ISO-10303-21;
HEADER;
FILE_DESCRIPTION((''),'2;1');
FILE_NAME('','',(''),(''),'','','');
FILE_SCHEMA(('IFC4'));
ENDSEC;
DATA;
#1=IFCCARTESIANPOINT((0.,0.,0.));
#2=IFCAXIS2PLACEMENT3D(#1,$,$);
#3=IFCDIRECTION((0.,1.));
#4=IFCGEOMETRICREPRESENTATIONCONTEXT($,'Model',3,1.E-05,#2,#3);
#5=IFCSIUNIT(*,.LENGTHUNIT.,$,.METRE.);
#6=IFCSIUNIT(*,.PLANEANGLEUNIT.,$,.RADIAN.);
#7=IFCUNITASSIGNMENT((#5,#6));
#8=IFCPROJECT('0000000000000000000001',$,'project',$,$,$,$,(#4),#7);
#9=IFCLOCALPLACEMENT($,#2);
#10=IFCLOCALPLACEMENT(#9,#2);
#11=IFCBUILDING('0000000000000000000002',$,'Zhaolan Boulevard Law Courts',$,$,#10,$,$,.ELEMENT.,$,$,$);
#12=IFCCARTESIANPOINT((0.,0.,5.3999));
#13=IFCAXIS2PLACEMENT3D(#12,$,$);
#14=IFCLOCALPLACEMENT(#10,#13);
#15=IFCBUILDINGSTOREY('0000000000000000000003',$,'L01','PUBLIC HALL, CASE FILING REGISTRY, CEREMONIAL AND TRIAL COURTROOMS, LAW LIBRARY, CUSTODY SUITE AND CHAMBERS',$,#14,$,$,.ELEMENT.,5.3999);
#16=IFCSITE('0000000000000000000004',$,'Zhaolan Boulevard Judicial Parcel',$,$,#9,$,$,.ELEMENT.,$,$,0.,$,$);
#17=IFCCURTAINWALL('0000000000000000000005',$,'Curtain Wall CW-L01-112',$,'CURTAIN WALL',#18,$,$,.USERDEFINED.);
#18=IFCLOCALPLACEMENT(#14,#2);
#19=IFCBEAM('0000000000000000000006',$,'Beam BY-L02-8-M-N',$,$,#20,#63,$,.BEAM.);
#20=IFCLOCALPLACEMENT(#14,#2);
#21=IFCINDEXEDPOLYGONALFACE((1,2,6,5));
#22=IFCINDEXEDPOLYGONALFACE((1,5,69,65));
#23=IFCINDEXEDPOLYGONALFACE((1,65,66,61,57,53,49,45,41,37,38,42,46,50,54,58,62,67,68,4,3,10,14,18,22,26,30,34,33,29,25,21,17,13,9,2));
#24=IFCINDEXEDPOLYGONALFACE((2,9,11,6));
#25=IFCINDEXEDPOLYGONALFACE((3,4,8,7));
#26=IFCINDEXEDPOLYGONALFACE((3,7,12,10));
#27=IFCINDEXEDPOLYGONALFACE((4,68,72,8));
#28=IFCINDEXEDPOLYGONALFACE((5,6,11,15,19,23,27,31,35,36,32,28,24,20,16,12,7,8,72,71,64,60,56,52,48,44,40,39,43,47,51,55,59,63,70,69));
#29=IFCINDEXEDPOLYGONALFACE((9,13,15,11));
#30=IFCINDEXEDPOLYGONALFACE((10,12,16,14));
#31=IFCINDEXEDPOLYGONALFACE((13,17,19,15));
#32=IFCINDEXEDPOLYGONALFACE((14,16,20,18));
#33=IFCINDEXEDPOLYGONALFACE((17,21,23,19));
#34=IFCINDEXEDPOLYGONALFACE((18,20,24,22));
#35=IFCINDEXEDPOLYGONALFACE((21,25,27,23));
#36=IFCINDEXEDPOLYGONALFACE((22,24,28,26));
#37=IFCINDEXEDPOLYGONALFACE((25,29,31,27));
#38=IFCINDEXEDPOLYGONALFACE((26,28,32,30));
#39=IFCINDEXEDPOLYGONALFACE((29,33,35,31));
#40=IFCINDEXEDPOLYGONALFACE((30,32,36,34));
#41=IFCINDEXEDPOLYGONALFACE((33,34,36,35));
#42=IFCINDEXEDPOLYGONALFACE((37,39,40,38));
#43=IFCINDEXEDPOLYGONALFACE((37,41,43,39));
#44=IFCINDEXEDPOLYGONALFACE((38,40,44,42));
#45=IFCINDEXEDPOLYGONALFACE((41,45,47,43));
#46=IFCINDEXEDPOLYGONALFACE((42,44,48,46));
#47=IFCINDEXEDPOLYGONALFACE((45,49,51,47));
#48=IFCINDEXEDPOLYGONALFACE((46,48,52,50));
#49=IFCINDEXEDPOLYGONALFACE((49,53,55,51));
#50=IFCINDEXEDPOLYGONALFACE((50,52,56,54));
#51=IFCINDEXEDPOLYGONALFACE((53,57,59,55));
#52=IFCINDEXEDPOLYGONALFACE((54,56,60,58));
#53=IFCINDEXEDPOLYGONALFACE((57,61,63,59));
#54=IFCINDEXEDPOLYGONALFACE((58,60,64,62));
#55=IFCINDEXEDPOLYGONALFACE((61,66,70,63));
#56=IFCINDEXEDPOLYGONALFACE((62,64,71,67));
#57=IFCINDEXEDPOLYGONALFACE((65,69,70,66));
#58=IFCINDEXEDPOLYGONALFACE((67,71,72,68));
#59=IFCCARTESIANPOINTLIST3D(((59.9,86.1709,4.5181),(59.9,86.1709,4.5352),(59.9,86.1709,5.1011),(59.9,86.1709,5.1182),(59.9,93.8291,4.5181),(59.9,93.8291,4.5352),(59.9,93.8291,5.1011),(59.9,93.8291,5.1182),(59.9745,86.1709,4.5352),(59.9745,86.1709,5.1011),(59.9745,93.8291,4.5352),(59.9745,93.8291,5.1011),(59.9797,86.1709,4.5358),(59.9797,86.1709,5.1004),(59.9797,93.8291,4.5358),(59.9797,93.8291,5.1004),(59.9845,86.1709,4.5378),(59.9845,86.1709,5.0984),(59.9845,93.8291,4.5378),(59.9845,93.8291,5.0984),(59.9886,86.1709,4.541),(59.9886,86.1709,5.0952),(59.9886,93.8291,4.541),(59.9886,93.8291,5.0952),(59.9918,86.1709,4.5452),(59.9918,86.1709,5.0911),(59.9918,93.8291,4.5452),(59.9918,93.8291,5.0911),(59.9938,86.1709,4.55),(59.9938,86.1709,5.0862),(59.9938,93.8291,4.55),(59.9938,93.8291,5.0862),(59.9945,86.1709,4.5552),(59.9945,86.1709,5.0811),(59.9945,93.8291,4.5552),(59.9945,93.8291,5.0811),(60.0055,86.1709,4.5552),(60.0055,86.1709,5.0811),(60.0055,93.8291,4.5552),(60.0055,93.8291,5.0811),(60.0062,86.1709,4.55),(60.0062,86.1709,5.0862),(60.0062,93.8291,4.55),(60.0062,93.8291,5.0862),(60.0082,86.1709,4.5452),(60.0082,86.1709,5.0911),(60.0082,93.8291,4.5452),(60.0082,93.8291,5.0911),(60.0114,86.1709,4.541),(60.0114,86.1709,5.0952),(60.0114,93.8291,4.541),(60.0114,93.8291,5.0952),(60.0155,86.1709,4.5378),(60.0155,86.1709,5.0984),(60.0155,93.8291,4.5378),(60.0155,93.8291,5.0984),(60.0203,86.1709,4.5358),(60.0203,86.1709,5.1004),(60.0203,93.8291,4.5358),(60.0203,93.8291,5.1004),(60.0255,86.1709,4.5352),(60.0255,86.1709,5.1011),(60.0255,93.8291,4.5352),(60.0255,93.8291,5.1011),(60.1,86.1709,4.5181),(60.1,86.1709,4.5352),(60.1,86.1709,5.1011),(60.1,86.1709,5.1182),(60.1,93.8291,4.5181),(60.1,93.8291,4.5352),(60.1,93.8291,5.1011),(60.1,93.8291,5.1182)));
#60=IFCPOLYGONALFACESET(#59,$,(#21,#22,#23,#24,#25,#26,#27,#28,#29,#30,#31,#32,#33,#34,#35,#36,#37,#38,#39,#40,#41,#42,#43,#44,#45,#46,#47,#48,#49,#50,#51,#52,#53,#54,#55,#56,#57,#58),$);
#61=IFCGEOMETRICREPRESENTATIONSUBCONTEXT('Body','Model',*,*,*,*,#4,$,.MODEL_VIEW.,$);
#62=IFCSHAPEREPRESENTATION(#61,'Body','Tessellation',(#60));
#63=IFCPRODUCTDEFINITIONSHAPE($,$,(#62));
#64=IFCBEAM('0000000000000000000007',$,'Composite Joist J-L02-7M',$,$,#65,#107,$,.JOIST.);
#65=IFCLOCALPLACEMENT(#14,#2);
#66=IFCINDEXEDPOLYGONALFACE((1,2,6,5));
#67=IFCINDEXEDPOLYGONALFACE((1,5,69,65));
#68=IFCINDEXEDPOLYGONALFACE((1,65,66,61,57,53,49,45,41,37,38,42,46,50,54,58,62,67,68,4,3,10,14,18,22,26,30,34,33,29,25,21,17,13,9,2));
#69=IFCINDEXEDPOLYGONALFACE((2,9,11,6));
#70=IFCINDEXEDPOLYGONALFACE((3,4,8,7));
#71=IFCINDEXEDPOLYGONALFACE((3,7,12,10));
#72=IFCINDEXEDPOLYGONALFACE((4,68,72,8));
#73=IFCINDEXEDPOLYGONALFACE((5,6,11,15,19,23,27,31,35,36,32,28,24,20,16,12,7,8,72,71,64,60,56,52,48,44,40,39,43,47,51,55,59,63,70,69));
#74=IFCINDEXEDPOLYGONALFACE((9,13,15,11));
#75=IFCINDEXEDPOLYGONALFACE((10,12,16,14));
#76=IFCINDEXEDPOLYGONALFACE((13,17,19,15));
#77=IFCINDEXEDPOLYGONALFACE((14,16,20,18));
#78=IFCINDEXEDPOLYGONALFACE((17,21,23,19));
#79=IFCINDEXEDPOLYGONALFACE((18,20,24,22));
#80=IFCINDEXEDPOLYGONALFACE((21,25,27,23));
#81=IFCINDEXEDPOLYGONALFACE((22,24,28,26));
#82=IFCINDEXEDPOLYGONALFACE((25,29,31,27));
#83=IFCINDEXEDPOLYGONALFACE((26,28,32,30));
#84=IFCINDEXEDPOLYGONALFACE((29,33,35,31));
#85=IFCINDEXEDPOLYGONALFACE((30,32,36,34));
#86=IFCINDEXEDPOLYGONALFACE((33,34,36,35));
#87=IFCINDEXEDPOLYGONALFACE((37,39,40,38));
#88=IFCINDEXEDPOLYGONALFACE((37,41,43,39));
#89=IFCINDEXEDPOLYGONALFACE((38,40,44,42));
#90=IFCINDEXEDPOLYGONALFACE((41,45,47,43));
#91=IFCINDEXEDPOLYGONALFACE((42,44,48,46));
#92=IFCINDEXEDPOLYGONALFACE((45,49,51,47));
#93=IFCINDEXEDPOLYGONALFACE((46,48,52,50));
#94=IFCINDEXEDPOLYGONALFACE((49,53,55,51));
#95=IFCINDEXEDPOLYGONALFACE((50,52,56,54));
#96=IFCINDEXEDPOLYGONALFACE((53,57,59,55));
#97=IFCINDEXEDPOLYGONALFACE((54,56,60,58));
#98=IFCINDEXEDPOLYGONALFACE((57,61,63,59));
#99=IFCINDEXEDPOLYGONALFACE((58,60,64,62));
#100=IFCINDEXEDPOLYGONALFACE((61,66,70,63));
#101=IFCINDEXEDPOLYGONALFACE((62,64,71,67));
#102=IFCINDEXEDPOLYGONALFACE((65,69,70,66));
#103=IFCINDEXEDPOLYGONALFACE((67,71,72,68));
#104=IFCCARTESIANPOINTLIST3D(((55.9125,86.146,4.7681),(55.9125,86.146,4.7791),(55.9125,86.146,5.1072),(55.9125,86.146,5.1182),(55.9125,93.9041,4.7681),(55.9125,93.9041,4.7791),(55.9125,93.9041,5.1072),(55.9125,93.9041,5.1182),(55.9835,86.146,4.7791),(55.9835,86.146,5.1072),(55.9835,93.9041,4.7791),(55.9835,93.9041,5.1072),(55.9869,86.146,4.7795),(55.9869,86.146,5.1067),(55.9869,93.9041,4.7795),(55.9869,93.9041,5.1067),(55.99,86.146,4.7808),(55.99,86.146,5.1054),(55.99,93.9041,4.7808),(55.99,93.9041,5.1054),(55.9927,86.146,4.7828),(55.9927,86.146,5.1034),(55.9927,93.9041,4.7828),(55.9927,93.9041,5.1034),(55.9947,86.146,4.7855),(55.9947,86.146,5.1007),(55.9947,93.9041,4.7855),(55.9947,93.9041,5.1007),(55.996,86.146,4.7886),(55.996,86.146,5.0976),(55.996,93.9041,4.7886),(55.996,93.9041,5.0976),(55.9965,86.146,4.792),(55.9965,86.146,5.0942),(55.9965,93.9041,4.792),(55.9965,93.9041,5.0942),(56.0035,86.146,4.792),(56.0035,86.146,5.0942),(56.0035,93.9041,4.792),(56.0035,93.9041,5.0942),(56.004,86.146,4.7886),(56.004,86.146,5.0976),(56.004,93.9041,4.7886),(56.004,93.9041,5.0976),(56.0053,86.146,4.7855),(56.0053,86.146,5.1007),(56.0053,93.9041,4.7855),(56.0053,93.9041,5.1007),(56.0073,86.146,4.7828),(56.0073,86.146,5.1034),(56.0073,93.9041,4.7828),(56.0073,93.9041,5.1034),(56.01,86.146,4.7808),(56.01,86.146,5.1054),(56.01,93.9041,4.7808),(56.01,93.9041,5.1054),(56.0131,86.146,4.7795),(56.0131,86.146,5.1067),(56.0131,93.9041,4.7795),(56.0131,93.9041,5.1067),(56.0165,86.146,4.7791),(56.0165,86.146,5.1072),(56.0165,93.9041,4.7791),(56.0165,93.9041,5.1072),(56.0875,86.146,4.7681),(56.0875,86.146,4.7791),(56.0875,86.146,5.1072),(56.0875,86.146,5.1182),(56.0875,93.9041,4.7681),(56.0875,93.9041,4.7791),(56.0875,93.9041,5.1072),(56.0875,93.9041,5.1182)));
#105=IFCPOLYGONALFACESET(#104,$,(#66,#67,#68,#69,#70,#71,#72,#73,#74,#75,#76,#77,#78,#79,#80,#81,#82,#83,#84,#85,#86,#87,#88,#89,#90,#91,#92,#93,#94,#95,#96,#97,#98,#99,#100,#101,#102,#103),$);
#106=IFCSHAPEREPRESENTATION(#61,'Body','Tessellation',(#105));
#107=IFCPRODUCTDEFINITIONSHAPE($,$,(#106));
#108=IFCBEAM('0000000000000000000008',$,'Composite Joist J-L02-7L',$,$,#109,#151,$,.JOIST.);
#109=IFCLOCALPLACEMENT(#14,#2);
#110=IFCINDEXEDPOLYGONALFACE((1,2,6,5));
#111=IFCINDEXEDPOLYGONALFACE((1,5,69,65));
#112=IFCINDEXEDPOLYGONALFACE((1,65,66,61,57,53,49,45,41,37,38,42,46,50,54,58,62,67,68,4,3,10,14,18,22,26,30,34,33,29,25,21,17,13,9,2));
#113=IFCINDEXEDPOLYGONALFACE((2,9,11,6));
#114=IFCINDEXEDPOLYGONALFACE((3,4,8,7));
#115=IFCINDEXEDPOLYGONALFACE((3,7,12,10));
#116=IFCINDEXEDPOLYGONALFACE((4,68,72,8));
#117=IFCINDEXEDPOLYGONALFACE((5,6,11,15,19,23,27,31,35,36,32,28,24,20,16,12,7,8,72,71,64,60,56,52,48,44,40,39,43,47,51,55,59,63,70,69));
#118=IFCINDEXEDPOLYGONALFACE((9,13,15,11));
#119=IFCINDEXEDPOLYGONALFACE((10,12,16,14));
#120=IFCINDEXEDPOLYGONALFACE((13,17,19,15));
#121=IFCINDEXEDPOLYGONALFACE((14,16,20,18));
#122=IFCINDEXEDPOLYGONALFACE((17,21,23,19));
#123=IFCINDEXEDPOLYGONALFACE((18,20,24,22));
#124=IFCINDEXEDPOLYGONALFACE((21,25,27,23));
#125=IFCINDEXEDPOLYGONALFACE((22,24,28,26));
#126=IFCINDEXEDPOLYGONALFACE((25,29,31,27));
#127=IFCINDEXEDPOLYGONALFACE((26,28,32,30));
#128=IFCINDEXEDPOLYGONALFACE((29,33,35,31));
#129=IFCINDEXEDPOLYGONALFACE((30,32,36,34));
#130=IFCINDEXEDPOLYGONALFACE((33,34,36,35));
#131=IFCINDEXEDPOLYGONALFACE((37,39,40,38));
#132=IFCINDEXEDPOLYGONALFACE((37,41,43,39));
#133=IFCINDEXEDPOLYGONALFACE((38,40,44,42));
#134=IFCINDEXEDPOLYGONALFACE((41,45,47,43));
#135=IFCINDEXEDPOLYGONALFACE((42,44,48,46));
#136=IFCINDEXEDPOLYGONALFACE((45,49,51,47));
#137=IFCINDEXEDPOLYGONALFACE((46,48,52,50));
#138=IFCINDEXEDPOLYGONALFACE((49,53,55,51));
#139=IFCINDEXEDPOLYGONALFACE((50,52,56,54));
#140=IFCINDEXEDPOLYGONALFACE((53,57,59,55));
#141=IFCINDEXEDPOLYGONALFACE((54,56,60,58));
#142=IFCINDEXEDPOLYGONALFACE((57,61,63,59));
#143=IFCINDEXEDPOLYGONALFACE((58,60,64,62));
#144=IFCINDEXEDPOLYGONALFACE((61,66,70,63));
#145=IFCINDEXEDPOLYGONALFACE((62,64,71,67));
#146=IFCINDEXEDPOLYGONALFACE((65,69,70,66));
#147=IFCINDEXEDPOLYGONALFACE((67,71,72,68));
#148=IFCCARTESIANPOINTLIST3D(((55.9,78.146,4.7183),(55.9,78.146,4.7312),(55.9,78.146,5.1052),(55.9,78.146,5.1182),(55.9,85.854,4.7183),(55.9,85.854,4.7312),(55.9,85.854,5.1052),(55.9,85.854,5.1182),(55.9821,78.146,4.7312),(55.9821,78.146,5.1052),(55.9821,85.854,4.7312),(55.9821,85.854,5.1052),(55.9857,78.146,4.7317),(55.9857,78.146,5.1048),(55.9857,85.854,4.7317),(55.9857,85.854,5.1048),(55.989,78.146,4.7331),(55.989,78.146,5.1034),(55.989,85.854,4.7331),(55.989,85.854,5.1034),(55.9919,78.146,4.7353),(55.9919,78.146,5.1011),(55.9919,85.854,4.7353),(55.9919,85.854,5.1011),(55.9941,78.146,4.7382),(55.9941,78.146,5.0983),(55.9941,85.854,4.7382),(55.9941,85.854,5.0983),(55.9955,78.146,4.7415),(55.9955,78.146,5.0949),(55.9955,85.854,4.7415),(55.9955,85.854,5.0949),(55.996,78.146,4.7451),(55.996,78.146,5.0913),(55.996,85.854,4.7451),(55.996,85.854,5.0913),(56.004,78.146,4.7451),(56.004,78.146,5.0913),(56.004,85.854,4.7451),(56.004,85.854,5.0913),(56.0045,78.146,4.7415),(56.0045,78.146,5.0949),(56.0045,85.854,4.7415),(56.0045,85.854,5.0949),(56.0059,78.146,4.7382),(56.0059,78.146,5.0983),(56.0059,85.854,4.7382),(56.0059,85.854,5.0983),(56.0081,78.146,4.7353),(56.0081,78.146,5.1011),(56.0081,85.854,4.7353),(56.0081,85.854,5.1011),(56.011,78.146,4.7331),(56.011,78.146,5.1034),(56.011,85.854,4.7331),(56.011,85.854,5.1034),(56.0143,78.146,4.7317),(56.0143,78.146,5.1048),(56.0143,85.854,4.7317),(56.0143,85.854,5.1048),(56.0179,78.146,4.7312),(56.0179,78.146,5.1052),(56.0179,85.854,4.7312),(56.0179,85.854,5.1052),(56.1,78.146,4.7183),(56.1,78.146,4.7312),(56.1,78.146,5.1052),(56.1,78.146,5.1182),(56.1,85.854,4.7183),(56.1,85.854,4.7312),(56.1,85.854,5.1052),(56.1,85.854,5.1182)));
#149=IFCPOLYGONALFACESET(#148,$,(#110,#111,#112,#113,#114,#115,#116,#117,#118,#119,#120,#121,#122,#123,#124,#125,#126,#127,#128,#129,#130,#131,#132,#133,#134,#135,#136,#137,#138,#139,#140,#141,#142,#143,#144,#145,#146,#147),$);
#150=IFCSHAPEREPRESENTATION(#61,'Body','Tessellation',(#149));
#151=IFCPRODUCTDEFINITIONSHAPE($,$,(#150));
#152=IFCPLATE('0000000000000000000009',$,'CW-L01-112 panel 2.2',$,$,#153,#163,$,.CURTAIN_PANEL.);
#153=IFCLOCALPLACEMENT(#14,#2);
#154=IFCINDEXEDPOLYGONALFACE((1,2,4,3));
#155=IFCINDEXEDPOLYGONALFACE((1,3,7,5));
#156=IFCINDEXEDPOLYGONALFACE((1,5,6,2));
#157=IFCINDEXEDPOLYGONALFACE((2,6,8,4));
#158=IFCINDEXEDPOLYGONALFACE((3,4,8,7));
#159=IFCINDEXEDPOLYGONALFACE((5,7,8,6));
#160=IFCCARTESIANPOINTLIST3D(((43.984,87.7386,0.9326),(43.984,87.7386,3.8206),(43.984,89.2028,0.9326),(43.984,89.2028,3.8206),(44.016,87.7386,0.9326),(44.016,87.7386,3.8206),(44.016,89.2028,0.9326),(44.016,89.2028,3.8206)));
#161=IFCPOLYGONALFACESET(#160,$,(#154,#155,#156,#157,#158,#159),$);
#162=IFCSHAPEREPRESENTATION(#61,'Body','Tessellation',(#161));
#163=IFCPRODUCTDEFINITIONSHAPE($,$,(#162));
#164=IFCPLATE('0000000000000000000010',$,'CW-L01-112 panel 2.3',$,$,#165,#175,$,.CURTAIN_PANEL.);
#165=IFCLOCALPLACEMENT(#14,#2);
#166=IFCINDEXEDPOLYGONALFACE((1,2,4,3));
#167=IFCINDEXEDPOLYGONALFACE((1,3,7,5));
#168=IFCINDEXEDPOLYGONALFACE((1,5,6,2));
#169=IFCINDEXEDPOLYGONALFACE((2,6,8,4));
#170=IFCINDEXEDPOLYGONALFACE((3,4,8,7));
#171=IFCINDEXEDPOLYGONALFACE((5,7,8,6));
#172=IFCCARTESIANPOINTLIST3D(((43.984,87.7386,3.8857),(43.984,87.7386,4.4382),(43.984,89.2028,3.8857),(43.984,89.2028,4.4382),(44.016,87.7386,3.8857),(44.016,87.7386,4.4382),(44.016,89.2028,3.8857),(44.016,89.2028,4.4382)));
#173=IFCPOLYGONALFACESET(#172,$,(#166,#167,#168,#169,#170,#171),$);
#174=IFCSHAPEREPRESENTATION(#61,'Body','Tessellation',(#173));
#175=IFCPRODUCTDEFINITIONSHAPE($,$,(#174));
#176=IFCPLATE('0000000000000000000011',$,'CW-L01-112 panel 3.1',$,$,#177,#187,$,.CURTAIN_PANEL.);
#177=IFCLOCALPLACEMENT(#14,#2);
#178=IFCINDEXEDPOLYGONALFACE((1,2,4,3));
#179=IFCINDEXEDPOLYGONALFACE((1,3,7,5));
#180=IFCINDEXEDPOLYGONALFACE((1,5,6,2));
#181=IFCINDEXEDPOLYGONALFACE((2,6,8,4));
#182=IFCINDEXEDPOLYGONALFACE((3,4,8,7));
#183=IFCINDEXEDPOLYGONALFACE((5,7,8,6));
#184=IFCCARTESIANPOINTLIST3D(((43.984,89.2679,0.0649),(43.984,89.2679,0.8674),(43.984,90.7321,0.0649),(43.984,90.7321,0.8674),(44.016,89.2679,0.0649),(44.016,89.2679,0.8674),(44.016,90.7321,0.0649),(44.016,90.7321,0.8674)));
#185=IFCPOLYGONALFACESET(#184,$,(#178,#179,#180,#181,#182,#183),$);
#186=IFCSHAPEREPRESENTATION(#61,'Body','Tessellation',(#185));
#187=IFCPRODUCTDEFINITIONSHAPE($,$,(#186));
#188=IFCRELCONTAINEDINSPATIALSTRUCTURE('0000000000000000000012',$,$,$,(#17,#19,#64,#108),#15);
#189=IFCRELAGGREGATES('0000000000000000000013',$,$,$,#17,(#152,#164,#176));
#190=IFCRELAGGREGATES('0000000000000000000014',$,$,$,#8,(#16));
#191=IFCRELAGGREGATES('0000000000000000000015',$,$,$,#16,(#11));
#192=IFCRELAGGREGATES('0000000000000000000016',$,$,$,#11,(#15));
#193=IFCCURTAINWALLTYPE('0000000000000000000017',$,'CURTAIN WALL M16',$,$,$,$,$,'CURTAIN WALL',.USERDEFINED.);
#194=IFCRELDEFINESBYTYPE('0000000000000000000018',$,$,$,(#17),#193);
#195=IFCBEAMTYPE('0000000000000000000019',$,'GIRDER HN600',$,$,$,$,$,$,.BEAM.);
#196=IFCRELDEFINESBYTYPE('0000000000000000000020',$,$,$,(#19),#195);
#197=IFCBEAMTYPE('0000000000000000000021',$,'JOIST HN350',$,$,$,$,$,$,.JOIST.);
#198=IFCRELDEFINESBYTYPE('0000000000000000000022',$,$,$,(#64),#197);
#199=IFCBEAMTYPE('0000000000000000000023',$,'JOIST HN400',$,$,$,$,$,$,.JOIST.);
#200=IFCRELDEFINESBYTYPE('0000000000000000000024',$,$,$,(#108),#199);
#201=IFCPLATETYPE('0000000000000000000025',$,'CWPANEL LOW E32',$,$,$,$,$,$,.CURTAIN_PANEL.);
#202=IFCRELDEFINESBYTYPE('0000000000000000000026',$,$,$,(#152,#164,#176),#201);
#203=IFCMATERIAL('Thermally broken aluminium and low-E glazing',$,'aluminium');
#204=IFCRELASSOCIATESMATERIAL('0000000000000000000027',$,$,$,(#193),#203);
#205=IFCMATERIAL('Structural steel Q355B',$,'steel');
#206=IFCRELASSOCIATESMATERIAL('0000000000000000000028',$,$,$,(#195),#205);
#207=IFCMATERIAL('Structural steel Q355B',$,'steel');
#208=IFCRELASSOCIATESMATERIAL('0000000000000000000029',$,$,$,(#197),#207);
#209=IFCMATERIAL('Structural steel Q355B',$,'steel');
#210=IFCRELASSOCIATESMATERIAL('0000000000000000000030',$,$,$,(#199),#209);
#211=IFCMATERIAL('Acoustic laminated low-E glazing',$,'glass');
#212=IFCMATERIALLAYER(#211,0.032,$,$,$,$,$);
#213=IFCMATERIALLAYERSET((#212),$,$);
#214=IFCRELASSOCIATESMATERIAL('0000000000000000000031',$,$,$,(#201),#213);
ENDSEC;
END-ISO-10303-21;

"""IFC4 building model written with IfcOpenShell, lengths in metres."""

from ifc_helpers import new_model, si_unit, direction, frame, origin, origin_2d, place, context, subcontext, project, spatial, rectangle, i_section, extrude, material, layer, layer_set, material_profile, profile_set, type_object, element, aggregate, save


model = new_model("IFC4")

# Units and contexts
model_context = context("Model", 3, precision=1e-05, world=origin(), true_north=direction((0.0, 1.0)))
body_context = subcontext(model_context, "Body", "Model", "MODEL_VIEW")
ifc_project = project(units=[si_unit("LENGTHUNIT", "METRE"), si_unit("PLANEANGLEUNIT", "RADIAN")], contexts=[model_context])

# Site, building, storey
site_placement = place(None, origin())
site = spatial("IfcSite", under=ifc_project, at=site_placement, Name="Zhaolan Boulevard Judicial Parcel", CompositionType="ELEMENT", RefElevation=0.0)
building_placement = place(site_placement, origin())
building = spatial("IfcBuilding", under=site, at=building_placement, Name="Zhaolan Boulevard Law Courts", CompositionType="ELEMENT")
storey_placement = place(building_placement, frame((0.0, 0.0, 5.3999)))
storey = spatial("IfcBuildingStorey", under=building, at=storey_placement, Name="L01", Description="PUBLIC HALL, CASE FILING REGISTRY, CEREMONIAL AND TRIAL COURTROOMS, LAW LIBRARY, CUSTODY SUITE AND CHAMBERS", CompositionType="ELEMENT", Elevation=5.3999)

# Curtain wall
ifc_material_1 = material(Name="Thermally broken aluminium and low-E glazing", Category="aluminium")
curtain_wall_type = type_object("IfcCurtainWallType", Name="CURTAIN WALL M16", ElementType="CURTAIN WALL", PredefinedType="USERDEFINED", material=ifc_material_1)
curtain_wall_placement = place(storey_placement, origin())
curtain_wall = element("IfcCurtainWall", 1, at=curtain_wall_placement, inside=storey, type_object=curtain_wall_type, Name="Curtain Wall CW-L01-112", ObjectType="CURTAIN WALL", PredefinedType="USERDEFINED")

# Beams
ifc_material_2 = material(Name="Structural steel Q355B", Category="steel")
ifc_material_profile_1 = material_profile(ifc_material_2, i_section(OverallWidth=0.2, OverallDepth=0.6001, WebThickness=0.011, FlangeThickness=0.0171, FilletRadius=0.02, at=origin_2d()), Name="HN600x200")
ifc_profile_set_1 = profile_set([ifc_material_profile_1], Name="Structural steel Q355B")
beam_type_1 = type_object("IfcBeamType", Name="GIRDER HN600", PredefinedType="BEAM", material=ifc_profile_set_1)
for number, where, z_axis, x_axis, name in (
    (2, (60.0, 86.1709, 4.8181), (0.0, 1.0, 0.0), (-1.0, 0.0, 0.0), "Beam BY-L02-8-M-N"),
):
    element("IfcBeam", number, at=place(storey_placement, frame(where, z_axis=z_axis, x_axis=x_axis)), inside=storey, type_object=beam_type_1, Name=name, PredefinedType="BEAM", context=body_context, shape_type="SweptSolid", body=[
        extrude(i_section(OverallWidth=0.2, OverallDepth=0.6001, WebThickness=0.011, FlangeThickness=0.0171, FilletRadius=0.02, at=origin_2d()), origin(), (0.0, 0.0, 1.0), 7.6582),
    ])
ifc_material_3 = material(Name="Structural steel Q355B", Category="steel")
ifc_material_profile_2 = material_profile(ifc_material_3, i_section(OverallWidth=0.175, OverallDepth=0.3501, WebThickness=0.0071, FlangeThickness=0.011, FilletRadius=0.0129, at=origin_2d()), Name="HN350x175")
ifc_profile_set_2 = profile_set([ifc_material_profile_2], Name="Structural steel Q355B")
beam_type_2 = type_object("IfcBeamType", Name="JOIST HN350", PredefinedType="JOIST", material=ifc_profile_set_2)
beam_1_placement = place(storey_placement, frame((56.0, 86.146, 4.9431), z_axis=(0.0, 1.0, 0.0), x_axis=(-1.0, 0.0, 0.0)))
element("IfcBeam", 3, at=beam_1_placement, inside=storey, type_object=beam_type_2, Name="Composite Joist J-L02-7M", PredefinedType="JOIST", context=body_context, shape_type="SweptSolid", body=[
    extrude(i_section(OverallWidth=0.175, OverallDepth=0.3501, WebThickness=0.0071, FlangeThickness=0.011, FilletRadius=0.0129, at=origin_2d()), origin(), (0.0, 0.0, 1.0), 7.7581),
])
ifc_material_4 = material(Name="Structural steel Q355B", Category="steel")
ifc_material_profile_3 = material_profile(ifc_material_4, i_section(OverallWidth=0.2, OverallDepth=0.3999, WebThickness=0.0081, FlangeThickness=0.0129, FilletRadius=0.0139, at=origin_2d()), Name="HN400x200")
ifc_profile_set_3 = profile_set([ifc_material_profile_3], Name="Structural steel Q355B")
beam_type_3 = type_object("IfcBeamType", Name="JOIST HN400", PredefinedType="JOIST", material=ifc_profile_set_3)
beam_2_placement = place(storey_placement, frame((56.0, 78.146, 4.9182), z_axis=(0.0, 1.0, 0.0), x_axis=(-1.0, 0.0, 0.0)))
element("IfcBeam", 4, at=beam_2_placement, inside=storey, type_object=beam_type_3, Name="Composite Joist J-L02-7L", PredefinedType="JOIST", context=body_context, shape_type="SweptSolid", body=[
    extrude(i_section(OverallWidth=0.2, OverallDepth=0.3999, WebThickness=0.0081, FlangeThickness=0.0129, FilletRadius=0.0139, at=origin_2d()), origin(), (0.0, 0.0, 1.0), 7.708),
])

# Plates
ifc_material_5 = material(Name="Acoustic laminated low-E glazing", Category="glass")
ifc_layer_1 = layer(ifc_material_5, 0.032)
ifc_layer_set_1 = layer_set([ifc_layer_1])
plate_type = type_object("IfcPlateType", Name="CWPANEL LOW E32", PredefinedType="CURTAIN_PANEL", material=ifc_layer_set_1)
plate_1_placement = place(storey_placement, frame((44.0, 88.4707, 0.9326), z_axis=(0.0, 0.0, 1.0), x_axis=(0.0, 1.0, 0.0)))
plate_1 = element("IfcPlate", 5, at=plate_1_placement, type_object=plate_type, Name="CW-L01-112 panel 2.2", PredefinedType="CURTAIN_PANEL", context=body_context, shape_type="SweptSolid", body=[
    extrude(rectangle(XDim=1.4641, YDim=0.032, at=origin_2d()), origin(), (0.0, 0.0, 1.0), 2.8879),
])
plate_2_placement = place(storey_placement, frame((44.0, 88.4707, 3.8857), z_axis=(0.0, 0.0, 1.0), x_axis=(0.0, 1.0, 0.0)))
plate_2 = element("IfcPlate", 6, at=plate_2_placement, type_object=plate_type, Name="CW-L01-112 panel 2.3", PredefinedType="CURTAIN_PANEL", context=body_context, shape_type="SweptSolid", body=[
    extrude(rectangle(XDim=1.4641, YDim=0.032, at=origin_2d()), origin(), (0.0, 0.0, 1.0), 0.5525),
])
plate_3_placement = place(storey_placement, frame((44.0, 90.0, 0.0649), z_axis=(0.0, 0.0, 1.0), x_axis=(0.0, 1.0, 0.0)))
plate_3 = element("IfcPlate", 7, at=plate_3_placement, type_object=plate_type, Name="CW-L01-112 panel 3.1", PredefinedType="CURTAIN_PANEL", context=body_context, shape_type="SweptSolid", body=[
    extrude(rectangle(XDim=1.4641, YDim=0.032, at=origin_2d()), origin(), (0.0, 0.0, 1.0), 0.8025),
])
aggregate(curtain_wall, [plate_1, plate_2, plate_3])

save(model, "model.ifc")
